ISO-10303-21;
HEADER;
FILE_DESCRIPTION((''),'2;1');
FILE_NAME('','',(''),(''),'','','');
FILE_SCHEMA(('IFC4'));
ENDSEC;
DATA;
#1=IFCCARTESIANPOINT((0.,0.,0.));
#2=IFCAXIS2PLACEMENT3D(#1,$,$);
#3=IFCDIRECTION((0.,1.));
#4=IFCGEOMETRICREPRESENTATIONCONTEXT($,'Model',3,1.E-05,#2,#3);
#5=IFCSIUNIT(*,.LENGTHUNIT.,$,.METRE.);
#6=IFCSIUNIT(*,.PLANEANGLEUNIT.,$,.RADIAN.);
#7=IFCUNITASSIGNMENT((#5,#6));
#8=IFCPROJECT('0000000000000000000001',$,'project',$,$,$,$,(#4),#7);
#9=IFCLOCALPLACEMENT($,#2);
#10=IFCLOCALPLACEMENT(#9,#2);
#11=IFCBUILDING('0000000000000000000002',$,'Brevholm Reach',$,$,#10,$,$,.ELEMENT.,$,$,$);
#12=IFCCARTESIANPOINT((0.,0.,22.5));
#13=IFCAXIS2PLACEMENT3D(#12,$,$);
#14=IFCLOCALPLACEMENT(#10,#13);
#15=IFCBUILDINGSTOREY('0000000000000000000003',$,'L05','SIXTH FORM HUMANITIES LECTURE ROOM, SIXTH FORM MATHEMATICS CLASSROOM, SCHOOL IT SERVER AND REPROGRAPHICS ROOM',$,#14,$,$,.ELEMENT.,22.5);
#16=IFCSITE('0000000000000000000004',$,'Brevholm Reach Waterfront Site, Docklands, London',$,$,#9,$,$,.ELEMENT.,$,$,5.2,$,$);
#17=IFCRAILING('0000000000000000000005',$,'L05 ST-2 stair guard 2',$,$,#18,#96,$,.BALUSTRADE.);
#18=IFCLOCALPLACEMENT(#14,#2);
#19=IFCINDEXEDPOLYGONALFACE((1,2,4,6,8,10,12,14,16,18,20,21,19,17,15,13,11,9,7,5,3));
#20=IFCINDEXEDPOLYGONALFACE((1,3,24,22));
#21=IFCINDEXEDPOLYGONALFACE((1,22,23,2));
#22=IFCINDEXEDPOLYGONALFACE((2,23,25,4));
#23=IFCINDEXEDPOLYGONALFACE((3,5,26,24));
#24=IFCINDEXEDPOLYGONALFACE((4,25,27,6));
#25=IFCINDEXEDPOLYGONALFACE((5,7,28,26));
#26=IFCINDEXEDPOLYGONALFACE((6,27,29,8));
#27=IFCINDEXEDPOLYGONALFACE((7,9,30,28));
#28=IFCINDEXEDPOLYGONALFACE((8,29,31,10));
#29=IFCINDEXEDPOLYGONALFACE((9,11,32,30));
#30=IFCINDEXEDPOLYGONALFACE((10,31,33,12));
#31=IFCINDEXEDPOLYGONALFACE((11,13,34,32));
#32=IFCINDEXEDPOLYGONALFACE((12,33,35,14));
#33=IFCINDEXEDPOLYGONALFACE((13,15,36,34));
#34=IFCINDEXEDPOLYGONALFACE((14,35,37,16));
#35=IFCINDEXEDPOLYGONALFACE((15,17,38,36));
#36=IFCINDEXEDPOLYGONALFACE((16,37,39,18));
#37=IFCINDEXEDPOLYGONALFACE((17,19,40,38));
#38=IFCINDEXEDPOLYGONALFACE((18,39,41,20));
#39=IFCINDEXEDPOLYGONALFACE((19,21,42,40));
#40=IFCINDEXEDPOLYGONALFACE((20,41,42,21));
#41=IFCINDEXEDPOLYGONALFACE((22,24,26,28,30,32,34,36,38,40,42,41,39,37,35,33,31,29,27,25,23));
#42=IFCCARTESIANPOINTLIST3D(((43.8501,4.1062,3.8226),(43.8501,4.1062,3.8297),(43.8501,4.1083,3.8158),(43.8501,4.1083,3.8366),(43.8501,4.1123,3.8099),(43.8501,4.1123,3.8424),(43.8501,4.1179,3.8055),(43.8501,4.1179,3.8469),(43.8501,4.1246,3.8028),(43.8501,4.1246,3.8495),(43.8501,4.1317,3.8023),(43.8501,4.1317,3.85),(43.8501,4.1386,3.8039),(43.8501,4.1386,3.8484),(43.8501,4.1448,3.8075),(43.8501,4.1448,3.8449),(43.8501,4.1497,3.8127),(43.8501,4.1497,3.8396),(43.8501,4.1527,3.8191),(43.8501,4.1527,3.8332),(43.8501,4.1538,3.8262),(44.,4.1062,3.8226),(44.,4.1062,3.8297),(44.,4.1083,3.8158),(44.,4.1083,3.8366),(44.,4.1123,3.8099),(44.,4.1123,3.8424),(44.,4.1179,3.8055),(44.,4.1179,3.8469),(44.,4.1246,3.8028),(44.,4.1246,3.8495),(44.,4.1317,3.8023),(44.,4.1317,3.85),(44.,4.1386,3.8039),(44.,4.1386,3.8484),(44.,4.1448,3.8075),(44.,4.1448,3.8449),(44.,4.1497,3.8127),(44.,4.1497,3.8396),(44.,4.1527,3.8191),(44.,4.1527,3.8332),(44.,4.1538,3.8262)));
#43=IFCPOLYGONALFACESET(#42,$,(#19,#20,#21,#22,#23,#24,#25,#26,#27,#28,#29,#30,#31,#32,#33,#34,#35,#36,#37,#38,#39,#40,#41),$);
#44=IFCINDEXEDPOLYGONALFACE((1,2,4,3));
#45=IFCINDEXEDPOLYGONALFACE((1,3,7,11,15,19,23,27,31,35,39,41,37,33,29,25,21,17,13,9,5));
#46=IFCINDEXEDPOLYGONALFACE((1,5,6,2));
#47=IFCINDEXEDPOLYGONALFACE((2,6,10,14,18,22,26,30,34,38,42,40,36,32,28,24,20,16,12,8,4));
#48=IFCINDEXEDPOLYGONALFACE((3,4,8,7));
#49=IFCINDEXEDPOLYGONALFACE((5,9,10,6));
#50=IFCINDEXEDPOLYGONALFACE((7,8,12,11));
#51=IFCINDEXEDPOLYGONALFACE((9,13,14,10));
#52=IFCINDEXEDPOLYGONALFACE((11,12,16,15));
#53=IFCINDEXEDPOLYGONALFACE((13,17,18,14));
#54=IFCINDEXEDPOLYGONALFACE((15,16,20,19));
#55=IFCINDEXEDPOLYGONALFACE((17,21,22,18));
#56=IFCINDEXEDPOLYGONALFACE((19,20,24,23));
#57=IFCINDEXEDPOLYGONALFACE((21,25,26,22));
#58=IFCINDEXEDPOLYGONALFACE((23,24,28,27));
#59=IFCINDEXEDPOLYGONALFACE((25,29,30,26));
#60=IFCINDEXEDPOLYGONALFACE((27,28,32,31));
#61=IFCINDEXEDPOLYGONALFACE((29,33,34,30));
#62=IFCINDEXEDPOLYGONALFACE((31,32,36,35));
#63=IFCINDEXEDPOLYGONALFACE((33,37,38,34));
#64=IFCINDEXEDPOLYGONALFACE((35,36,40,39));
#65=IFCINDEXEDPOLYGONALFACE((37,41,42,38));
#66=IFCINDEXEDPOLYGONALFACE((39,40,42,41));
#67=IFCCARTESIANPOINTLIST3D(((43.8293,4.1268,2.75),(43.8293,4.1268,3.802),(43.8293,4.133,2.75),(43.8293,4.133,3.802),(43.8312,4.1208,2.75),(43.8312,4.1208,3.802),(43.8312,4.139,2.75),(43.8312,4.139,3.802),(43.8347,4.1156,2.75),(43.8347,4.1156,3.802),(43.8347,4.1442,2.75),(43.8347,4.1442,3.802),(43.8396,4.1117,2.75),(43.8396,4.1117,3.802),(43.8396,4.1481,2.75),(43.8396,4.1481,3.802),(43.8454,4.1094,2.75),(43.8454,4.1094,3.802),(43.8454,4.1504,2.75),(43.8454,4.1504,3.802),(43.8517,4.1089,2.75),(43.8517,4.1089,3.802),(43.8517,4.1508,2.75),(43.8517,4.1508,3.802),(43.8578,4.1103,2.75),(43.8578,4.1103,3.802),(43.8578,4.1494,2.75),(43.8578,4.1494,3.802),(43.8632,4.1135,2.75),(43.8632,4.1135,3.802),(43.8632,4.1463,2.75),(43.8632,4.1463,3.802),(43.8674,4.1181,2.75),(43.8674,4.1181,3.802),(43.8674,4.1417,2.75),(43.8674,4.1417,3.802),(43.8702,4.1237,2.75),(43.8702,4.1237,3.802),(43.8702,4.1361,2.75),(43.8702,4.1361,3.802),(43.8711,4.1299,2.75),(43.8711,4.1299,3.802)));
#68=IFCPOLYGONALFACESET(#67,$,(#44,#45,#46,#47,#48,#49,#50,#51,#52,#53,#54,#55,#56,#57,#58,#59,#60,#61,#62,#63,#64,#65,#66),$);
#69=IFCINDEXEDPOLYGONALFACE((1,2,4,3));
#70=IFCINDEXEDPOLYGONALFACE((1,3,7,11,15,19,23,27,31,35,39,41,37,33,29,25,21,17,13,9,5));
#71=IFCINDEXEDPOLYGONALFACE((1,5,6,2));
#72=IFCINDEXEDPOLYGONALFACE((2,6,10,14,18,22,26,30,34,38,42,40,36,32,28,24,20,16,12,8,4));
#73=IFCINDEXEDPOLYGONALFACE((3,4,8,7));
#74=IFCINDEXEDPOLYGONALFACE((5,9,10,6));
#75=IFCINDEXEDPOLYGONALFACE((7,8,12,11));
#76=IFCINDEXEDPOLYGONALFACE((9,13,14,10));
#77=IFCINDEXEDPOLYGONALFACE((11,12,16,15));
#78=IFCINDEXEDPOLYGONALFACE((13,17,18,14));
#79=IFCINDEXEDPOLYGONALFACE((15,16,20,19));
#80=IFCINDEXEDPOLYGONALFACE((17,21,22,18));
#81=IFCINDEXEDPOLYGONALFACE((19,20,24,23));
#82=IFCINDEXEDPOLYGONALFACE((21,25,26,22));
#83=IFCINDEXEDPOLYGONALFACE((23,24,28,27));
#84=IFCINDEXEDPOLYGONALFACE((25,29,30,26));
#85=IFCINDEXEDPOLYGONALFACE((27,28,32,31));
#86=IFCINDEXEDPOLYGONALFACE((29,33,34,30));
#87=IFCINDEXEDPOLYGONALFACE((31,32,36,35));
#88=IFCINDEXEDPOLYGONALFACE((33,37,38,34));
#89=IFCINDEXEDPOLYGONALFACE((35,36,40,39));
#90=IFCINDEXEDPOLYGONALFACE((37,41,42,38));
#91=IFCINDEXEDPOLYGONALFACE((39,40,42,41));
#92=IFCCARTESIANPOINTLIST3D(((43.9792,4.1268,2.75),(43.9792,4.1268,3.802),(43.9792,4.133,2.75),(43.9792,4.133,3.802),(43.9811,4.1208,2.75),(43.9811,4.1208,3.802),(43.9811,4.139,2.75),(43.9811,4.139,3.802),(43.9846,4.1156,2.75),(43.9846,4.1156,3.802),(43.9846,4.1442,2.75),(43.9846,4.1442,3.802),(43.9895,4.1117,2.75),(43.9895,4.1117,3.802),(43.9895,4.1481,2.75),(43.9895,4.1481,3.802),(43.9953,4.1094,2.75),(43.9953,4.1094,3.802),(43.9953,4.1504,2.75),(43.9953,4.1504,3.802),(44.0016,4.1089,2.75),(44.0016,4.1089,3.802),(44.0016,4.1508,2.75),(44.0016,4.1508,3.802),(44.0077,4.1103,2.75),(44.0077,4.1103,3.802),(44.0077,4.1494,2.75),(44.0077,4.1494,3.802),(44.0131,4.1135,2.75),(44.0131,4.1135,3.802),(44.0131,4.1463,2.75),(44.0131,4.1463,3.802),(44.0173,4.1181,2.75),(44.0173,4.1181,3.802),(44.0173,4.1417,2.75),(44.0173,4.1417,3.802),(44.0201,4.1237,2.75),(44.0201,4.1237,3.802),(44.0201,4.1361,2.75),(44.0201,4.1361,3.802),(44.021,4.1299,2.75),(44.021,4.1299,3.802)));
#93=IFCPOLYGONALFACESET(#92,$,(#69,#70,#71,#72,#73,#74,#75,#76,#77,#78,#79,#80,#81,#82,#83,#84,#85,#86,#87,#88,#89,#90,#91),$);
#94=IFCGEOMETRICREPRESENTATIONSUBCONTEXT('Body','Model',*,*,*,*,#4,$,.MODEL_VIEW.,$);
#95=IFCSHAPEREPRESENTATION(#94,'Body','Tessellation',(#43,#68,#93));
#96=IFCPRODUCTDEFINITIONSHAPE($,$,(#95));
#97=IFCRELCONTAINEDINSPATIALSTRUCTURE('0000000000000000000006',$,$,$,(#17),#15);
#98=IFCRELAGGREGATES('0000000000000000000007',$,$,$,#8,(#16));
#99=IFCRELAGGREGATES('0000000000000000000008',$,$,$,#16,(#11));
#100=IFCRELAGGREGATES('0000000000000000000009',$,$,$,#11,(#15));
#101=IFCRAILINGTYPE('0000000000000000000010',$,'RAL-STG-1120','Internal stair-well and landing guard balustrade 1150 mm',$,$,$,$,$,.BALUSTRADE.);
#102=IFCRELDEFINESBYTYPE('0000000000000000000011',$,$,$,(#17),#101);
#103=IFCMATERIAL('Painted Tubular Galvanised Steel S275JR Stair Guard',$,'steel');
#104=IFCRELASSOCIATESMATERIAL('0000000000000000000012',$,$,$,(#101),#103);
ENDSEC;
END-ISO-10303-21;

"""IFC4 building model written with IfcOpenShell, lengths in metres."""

from ifc_helpers import new_model, si_unit, direction, frame, origin, origin_2d, place, context, subcontext, project, spatial, circle, extrude, material, type_object, element, save


model = new_model("IFC4")

# Units and contexts
model_context = context("Model", 3, precision=1e-05, world=origin(), true_north=direction((0.0, 1.0)))
body_context = subcontext(model_context, "Body", "Model", "MODEL_VIEW")
ifc_project = project(units=[si_unit("LENGTHUNIT", "METRE"), si_unit("PLANEANGLEUNIT", "RADIAN")], contexts=[model_context])

# Site, building, storey
site_placement = place(None, origin())
site = spatial("IfcSite", under=ifc_project, at=site_placement, Name="Brevholm Reach Waterfront Site, Docklands, London", CompositionType="ELEMENT", RefElevation=5.2)
building_placement = place(site_placement, origin())
building = spatial("IfcBuilding", under=site, at=building_placement, Name="Brevholm Reach", CompositionType="ELEMENT")
storey_placement = place(building_placement, frame((0.0, 0.0, 22.5)))
storey = spatial("IfcBuildingStorey", under=building, at=storey_placement, Name="L05", Description="SIXTH FORM HUMANITIES LECTURE ROOM, SIXTH FORM MATHEMATICS CLASSROOM, SCHOOL IT SERVER AND REPROGRAPHICS ROOM", CompositionType="ELEMENT", Elevation=22.5)

# Railing
ifc_material_1 = material(Name="Painted Tubular Galvanised Steel S275JR Stair Guard", Category="steel")
railing_type_1 = type_object("IfcRailingType", Name="RAL-STG-1120", Description="Internal stair-well and landing guard balustrade 1150 mm", PredefinedType="BALUSTRADE", material=ifc_material_1)
railing_1_placement = place(storey_placement, frame((43.8501, 4.1299, 2.75)))
element("IfcRailing", 1, at=railing_1_placement, inside=storey, type_object=railing_type_1, Name="L05 ST-2 stair guard 2", PredefinedType="BALUSTRADE", context=body_context, shape_type="SweptSolid", body=[
    extrude(circle(Radius=0.0239, at=origin_2d()), frame((0.0, 0.0, 1.0762), z_axis=(1.0, 0.0, 0.0), x_axis=(0.0, 1.0, 0.0)), (0.0, 0.0, 1.0), 0.1499),
    extrude(circle(Radius=0.021, at=origin_2d()), origin(), (0.0, 0.0, 1.0), 1.052),
    extrude(circle(Radius=0.021, at=origin_2d()), frame((0.1499, 0.0, 0.0)), (0.0, 0.0, 1.0), 1.052),
])

save(model, "model.ifc")
